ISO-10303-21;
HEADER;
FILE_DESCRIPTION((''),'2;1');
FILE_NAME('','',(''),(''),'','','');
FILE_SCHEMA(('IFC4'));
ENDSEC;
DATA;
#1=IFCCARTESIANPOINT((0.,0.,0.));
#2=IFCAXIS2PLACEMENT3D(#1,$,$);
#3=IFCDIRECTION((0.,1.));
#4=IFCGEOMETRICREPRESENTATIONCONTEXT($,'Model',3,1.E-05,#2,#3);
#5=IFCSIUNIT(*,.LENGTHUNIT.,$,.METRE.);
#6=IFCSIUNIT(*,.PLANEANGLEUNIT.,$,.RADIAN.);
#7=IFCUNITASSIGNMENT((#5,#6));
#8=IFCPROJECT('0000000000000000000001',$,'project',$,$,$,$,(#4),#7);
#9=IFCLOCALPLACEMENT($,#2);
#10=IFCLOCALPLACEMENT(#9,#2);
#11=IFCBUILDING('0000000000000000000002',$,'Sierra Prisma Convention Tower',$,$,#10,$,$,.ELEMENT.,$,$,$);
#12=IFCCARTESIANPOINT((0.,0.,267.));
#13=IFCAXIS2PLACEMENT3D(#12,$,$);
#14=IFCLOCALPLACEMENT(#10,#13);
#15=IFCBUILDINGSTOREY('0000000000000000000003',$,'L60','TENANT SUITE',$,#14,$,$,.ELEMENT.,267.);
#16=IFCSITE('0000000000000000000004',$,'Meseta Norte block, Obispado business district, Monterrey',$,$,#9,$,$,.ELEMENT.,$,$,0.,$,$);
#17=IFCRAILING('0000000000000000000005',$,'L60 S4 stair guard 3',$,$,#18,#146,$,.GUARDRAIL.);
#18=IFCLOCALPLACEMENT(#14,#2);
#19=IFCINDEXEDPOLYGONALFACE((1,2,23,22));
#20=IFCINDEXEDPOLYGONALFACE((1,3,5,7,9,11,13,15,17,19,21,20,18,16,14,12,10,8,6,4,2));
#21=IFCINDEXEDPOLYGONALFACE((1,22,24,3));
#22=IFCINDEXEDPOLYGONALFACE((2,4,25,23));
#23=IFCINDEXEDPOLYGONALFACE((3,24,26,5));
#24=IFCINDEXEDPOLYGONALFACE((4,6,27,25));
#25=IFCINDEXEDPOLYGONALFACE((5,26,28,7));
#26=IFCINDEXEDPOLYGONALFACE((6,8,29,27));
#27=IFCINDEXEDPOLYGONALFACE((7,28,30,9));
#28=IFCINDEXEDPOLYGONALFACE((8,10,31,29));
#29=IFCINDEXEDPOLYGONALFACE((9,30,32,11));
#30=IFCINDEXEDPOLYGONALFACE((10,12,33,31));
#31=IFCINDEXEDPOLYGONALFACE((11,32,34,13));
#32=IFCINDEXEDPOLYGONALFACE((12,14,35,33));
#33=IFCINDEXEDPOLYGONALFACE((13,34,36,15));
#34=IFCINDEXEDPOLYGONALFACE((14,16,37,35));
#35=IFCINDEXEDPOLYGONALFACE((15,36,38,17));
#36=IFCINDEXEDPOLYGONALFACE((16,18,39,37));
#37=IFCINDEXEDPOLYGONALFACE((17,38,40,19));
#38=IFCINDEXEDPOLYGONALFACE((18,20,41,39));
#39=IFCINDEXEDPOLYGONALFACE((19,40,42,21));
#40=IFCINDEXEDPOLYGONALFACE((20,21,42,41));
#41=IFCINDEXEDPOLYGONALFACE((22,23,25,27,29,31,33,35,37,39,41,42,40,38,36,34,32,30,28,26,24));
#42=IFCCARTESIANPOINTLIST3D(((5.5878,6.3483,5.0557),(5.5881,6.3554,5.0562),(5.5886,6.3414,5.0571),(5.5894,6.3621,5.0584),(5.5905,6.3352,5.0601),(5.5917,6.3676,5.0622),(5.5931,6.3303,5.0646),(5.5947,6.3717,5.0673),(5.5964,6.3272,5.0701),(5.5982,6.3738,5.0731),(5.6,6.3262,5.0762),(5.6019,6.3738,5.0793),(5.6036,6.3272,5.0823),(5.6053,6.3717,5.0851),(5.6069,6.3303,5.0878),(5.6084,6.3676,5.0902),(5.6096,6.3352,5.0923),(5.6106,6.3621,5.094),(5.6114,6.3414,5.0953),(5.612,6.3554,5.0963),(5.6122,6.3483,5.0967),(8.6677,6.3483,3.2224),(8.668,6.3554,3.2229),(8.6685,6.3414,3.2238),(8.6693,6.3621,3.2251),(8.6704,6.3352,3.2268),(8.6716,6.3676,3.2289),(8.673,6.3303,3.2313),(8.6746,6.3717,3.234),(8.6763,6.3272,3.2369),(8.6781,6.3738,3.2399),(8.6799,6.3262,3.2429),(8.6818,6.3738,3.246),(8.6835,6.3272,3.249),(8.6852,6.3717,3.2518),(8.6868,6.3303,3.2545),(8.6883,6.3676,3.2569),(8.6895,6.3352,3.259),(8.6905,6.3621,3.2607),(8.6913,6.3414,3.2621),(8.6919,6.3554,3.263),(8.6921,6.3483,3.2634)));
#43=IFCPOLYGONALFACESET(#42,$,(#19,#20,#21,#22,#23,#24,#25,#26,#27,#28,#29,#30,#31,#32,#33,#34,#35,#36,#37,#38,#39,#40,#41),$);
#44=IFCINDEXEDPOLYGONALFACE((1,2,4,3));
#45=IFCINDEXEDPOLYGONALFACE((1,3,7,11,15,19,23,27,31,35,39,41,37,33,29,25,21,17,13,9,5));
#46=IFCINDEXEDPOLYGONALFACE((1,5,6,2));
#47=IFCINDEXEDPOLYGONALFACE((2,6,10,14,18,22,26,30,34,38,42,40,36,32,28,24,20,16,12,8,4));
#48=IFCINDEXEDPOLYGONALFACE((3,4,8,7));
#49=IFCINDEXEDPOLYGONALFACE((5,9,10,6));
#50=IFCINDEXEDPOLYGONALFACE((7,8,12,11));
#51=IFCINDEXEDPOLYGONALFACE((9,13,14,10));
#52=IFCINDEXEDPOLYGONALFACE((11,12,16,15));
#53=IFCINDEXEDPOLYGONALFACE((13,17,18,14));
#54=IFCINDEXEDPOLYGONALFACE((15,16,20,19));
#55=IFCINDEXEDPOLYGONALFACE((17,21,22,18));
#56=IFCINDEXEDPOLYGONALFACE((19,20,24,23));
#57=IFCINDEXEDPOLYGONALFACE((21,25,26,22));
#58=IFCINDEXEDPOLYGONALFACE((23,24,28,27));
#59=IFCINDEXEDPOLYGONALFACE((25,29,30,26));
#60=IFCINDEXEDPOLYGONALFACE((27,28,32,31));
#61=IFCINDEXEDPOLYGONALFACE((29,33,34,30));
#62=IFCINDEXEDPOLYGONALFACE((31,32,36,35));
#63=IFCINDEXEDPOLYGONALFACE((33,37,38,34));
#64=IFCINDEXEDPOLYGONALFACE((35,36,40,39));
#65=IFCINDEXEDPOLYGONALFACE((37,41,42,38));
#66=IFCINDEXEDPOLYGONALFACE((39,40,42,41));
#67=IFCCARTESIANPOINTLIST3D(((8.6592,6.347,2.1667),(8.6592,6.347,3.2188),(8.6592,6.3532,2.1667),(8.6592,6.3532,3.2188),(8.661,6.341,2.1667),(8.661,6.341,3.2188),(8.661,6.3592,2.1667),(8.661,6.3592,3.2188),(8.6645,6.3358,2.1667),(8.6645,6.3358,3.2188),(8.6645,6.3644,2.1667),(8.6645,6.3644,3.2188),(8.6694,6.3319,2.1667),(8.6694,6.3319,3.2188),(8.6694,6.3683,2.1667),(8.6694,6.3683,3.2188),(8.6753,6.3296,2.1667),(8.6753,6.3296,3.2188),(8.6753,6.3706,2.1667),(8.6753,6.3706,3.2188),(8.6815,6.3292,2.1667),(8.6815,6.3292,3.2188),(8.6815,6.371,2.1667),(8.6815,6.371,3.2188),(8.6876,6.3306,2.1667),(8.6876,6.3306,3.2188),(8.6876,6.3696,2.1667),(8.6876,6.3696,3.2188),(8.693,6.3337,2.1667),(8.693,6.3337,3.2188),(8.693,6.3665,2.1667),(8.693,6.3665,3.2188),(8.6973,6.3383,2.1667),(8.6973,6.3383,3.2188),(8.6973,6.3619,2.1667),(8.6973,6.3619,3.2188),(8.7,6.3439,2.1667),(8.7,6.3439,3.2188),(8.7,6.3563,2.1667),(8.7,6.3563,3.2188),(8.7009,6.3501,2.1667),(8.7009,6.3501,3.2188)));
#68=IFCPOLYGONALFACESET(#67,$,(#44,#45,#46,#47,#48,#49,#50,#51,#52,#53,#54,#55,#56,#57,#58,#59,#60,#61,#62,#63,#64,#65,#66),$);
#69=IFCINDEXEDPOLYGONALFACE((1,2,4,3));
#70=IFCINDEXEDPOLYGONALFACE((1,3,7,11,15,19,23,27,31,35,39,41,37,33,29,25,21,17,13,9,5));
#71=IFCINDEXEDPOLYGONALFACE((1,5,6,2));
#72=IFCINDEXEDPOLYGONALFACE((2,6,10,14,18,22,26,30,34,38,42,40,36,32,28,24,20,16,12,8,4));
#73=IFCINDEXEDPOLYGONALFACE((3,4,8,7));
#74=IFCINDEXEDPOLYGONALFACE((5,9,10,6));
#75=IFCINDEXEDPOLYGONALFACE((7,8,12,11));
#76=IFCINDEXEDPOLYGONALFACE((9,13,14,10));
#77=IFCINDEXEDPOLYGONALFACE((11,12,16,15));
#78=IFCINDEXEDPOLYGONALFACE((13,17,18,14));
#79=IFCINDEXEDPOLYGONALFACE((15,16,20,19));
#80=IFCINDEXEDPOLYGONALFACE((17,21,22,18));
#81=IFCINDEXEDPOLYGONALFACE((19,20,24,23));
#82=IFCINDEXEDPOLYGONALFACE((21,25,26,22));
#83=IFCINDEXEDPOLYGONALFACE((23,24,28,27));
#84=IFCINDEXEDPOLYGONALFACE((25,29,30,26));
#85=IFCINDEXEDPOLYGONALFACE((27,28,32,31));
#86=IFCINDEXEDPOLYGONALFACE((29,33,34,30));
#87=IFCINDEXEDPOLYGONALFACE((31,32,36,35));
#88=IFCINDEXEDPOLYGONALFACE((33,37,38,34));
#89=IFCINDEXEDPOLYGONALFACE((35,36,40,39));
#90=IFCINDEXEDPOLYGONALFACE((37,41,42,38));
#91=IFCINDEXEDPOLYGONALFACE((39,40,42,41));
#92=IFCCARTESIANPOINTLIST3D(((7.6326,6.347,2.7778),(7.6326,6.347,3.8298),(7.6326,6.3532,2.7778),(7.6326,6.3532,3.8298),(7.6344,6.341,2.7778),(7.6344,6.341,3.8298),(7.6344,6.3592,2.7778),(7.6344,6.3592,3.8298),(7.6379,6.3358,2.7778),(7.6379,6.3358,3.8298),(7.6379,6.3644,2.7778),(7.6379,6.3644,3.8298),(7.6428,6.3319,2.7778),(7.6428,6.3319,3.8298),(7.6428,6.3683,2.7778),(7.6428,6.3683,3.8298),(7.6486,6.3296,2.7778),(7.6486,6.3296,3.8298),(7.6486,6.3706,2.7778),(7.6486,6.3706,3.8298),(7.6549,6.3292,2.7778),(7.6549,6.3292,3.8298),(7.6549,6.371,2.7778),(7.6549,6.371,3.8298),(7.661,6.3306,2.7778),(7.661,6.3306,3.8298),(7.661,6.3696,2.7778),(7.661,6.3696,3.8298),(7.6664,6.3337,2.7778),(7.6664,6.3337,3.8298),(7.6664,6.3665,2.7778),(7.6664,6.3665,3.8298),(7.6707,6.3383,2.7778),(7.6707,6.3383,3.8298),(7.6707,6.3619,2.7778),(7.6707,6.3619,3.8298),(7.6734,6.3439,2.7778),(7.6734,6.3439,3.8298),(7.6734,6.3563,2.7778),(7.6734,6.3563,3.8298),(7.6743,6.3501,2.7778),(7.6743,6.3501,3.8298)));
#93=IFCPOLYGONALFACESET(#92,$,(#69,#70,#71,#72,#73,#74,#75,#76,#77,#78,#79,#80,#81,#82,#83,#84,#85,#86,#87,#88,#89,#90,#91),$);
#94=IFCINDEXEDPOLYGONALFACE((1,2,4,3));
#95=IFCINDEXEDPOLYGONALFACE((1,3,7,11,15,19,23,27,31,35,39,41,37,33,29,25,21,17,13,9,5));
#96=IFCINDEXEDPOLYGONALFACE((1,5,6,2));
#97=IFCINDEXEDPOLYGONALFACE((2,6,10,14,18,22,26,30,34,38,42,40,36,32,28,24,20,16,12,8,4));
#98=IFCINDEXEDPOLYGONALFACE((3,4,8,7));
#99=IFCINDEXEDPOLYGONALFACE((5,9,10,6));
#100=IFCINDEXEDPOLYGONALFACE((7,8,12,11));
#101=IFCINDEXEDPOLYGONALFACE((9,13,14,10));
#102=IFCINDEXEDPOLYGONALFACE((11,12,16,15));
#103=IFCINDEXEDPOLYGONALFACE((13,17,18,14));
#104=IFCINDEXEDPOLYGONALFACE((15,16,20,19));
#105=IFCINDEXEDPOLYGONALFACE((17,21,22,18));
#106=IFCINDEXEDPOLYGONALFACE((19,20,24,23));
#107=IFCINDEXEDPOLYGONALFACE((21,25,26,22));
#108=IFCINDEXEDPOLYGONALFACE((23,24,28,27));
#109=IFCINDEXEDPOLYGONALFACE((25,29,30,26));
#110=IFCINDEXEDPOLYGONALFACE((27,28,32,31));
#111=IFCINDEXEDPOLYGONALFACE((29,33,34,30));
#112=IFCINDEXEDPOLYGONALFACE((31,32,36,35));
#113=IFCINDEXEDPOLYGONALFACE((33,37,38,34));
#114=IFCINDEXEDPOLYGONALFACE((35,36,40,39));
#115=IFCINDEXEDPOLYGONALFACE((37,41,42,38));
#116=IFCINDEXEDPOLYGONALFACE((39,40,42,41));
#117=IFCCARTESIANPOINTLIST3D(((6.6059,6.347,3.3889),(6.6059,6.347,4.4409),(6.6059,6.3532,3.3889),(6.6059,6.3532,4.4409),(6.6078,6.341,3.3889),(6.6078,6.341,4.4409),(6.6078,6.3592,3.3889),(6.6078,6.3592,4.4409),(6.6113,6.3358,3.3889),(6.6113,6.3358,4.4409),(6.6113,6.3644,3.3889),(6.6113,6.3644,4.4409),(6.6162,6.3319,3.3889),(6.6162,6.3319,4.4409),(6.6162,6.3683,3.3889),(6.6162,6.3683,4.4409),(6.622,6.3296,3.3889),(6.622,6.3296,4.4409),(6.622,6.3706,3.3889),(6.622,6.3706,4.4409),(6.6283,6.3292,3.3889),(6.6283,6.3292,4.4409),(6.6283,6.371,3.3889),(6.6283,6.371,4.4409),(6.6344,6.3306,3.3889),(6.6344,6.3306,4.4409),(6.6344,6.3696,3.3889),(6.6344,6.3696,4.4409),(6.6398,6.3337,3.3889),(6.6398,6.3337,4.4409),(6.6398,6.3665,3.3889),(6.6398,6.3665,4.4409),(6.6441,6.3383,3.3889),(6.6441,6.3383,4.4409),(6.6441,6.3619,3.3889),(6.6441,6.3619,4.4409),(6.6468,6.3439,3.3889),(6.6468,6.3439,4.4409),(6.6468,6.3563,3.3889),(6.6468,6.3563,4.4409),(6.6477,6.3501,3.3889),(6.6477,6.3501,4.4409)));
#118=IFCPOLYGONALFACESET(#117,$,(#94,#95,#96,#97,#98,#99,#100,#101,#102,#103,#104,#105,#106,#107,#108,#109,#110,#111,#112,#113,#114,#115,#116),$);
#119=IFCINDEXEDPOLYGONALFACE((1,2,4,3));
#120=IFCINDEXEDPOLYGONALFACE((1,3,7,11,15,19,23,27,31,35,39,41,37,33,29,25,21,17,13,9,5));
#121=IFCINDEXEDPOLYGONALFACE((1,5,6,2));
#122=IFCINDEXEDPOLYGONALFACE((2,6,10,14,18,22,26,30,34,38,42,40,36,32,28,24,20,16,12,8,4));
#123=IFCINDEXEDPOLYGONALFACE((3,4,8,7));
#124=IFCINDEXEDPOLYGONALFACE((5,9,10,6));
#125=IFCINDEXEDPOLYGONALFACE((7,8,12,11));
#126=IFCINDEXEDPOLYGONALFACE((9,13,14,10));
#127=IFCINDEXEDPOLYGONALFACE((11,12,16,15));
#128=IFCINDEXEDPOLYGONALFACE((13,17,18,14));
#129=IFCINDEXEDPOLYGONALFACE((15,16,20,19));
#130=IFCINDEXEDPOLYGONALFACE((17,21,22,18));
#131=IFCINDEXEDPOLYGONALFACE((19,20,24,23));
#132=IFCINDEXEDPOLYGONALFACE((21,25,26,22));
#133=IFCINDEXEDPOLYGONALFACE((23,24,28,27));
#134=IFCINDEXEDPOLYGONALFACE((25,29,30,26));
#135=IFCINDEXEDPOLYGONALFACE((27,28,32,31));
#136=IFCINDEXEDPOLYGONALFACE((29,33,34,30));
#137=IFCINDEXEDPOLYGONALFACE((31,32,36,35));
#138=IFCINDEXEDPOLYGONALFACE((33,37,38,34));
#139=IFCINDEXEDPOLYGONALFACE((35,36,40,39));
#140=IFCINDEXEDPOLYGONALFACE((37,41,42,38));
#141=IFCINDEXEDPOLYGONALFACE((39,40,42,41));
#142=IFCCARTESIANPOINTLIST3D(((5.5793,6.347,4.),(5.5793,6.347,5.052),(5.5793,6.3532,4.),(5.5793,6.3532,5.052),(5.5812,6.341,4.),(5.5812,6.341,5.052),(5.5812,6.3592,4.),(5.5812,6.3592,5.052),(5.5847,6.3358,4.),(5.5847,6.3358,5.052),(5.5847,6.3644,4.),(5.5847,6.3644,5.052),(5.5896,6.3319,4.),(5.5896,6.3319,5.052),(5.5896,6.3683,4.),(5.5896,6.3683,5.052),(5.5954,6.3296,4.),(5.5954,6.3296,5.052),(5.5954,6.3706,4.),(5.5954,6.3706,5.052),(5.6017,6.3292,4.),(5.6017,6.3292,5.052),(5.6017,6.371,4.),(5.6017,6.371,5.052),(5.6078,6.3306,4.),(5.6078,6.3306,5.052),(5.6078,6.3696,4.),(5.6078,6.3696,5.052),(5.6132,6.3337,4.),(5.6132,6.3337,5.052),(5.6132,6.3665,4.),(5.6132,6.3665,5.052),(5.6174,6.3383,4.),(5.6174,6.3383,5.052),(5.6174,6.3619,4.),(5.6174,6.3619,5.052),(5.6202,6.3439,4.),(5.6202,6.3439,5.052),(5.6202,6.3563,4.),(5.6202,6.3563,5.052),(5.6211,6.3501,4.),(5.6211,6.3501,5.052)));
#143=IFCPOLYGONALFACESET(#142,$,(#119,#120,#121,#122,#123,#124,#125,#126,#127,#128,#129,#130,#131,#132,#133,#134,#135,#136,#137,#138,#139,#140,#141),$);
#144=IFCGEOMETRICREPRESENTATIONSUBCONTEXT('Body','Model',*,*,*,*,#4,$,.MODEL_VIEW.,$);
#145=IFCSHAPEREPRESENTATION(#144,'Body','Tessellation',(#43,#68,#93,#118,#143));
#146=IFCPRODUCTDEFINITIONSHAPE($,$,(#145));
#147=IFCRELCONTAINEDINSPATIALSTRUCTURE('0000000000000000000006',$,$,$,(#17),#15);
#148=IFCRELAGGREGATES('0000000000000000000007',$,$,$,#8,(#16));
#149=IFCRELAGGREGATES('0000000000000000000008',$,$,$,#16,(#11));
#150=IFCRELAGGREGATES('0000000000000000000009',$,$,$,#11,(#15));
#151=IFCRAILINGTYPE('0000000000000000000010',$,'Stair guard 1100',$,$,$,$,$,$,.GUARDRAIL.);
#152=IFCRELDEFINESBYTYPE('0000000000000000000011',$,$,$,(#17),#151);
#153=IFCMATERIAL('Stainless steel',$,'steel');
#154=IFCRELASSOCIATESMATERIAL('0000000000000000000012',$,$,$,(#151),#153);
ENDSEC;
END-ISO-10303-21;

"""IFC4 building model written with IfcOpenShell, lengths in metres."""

from ifc_helpers import new_model, si_unit, direction, frame, origin, origin_2d, place, context, subcontext, project, spatial, circle, extrude, material, type_object, element, save


model = new_model("IFC4")

# Units and contexts
model_context = context("Model", 3, precision=1e-05, world=origin(), true_north=direction((0.0, 1.0)))
body_context = subcontext(model_context, "Body", "Model", "MODEL_VIEW")
ifc_project = project(units=[si_unit("LENGTHUNIT", "METRE"), si_unit("PLANEANGLEUNIT", "RADIAN")], contexts=[model_context])

# Site, building, storey
site_placement = place(None, origin())
site = spatial("IfcSite", under=ifc_project, at=site_placement, Name="Meseta Norte block, Obispado business district, Monterrey", CompositionType="ELEMENT", RefElevation=0.0)
building_placement = place(site_placement, origin())
building = spatial("IfcBuilding", under=site, at=building_placement, Name="Sierra Prisma Convention Tower", CompositionType="ELEMENT")
storey_placement = place(building_placement, frame((0.0, 0.0, 267.0)))
storey = spatial("IfcBuildingStorey", under=building, at=storey_placement, Name="L60", Description="TENANT SUITE", CompositionType="ELEMENT", Elevation=267.0)

# Railing
ifc_material_1 = material(Name="Stainless steel", Category="steel")
railing_type_1 = type_object("IfcRailingType", Name="Stair guard 1100", PredefinedType="GUARDRAIL", material=ifc_material_1)
railing_1_placement = place(storey_placement, frame((8.6799, 6.3501, 2.1667)))
element("IfcRailing", 1, at=railing_1_placement, inside=storey, type_object=railing_type_1, Name="L60 S4 stair guard 3", PredefinedType="GUARDRAIL", context=body_context, shape_type="SweptSolid", body=[
    extrude(circle(Radius=0.0239, at=origin_2d()), frame((0.0, 0.0, 1.0762), z_axis=(-0.859291, 0.0, 0.511487), x_axis=(0.0, -1.0, 0.0)), (0.0, 0.0, 1.0), 3.5842),
    extrude(circle(Radius=0.021, at=origin_2d()), origin(), (0.0, 0.0, 1.0), 1.052),
    extrude(circle(Radius=0.021, at=origin_2d()), frame((-1.0266, 0.0, 0.6111)), (0.0, 0.0, 1.0), 1.052),
    extrude(circle(Radius=0.021, at=origin_2d()), frame((-2.0532, 0.0, 1.2222)), (0.0, 0.0, 1.0), 1.052),
    extrude(circle(Radius=0.021, at=origin_2d()), frame((-3.0798, 0.0, 1.8333)), (0.0, 0.0, 1.0), 1.052),
])

save(model, "model.ifc")
